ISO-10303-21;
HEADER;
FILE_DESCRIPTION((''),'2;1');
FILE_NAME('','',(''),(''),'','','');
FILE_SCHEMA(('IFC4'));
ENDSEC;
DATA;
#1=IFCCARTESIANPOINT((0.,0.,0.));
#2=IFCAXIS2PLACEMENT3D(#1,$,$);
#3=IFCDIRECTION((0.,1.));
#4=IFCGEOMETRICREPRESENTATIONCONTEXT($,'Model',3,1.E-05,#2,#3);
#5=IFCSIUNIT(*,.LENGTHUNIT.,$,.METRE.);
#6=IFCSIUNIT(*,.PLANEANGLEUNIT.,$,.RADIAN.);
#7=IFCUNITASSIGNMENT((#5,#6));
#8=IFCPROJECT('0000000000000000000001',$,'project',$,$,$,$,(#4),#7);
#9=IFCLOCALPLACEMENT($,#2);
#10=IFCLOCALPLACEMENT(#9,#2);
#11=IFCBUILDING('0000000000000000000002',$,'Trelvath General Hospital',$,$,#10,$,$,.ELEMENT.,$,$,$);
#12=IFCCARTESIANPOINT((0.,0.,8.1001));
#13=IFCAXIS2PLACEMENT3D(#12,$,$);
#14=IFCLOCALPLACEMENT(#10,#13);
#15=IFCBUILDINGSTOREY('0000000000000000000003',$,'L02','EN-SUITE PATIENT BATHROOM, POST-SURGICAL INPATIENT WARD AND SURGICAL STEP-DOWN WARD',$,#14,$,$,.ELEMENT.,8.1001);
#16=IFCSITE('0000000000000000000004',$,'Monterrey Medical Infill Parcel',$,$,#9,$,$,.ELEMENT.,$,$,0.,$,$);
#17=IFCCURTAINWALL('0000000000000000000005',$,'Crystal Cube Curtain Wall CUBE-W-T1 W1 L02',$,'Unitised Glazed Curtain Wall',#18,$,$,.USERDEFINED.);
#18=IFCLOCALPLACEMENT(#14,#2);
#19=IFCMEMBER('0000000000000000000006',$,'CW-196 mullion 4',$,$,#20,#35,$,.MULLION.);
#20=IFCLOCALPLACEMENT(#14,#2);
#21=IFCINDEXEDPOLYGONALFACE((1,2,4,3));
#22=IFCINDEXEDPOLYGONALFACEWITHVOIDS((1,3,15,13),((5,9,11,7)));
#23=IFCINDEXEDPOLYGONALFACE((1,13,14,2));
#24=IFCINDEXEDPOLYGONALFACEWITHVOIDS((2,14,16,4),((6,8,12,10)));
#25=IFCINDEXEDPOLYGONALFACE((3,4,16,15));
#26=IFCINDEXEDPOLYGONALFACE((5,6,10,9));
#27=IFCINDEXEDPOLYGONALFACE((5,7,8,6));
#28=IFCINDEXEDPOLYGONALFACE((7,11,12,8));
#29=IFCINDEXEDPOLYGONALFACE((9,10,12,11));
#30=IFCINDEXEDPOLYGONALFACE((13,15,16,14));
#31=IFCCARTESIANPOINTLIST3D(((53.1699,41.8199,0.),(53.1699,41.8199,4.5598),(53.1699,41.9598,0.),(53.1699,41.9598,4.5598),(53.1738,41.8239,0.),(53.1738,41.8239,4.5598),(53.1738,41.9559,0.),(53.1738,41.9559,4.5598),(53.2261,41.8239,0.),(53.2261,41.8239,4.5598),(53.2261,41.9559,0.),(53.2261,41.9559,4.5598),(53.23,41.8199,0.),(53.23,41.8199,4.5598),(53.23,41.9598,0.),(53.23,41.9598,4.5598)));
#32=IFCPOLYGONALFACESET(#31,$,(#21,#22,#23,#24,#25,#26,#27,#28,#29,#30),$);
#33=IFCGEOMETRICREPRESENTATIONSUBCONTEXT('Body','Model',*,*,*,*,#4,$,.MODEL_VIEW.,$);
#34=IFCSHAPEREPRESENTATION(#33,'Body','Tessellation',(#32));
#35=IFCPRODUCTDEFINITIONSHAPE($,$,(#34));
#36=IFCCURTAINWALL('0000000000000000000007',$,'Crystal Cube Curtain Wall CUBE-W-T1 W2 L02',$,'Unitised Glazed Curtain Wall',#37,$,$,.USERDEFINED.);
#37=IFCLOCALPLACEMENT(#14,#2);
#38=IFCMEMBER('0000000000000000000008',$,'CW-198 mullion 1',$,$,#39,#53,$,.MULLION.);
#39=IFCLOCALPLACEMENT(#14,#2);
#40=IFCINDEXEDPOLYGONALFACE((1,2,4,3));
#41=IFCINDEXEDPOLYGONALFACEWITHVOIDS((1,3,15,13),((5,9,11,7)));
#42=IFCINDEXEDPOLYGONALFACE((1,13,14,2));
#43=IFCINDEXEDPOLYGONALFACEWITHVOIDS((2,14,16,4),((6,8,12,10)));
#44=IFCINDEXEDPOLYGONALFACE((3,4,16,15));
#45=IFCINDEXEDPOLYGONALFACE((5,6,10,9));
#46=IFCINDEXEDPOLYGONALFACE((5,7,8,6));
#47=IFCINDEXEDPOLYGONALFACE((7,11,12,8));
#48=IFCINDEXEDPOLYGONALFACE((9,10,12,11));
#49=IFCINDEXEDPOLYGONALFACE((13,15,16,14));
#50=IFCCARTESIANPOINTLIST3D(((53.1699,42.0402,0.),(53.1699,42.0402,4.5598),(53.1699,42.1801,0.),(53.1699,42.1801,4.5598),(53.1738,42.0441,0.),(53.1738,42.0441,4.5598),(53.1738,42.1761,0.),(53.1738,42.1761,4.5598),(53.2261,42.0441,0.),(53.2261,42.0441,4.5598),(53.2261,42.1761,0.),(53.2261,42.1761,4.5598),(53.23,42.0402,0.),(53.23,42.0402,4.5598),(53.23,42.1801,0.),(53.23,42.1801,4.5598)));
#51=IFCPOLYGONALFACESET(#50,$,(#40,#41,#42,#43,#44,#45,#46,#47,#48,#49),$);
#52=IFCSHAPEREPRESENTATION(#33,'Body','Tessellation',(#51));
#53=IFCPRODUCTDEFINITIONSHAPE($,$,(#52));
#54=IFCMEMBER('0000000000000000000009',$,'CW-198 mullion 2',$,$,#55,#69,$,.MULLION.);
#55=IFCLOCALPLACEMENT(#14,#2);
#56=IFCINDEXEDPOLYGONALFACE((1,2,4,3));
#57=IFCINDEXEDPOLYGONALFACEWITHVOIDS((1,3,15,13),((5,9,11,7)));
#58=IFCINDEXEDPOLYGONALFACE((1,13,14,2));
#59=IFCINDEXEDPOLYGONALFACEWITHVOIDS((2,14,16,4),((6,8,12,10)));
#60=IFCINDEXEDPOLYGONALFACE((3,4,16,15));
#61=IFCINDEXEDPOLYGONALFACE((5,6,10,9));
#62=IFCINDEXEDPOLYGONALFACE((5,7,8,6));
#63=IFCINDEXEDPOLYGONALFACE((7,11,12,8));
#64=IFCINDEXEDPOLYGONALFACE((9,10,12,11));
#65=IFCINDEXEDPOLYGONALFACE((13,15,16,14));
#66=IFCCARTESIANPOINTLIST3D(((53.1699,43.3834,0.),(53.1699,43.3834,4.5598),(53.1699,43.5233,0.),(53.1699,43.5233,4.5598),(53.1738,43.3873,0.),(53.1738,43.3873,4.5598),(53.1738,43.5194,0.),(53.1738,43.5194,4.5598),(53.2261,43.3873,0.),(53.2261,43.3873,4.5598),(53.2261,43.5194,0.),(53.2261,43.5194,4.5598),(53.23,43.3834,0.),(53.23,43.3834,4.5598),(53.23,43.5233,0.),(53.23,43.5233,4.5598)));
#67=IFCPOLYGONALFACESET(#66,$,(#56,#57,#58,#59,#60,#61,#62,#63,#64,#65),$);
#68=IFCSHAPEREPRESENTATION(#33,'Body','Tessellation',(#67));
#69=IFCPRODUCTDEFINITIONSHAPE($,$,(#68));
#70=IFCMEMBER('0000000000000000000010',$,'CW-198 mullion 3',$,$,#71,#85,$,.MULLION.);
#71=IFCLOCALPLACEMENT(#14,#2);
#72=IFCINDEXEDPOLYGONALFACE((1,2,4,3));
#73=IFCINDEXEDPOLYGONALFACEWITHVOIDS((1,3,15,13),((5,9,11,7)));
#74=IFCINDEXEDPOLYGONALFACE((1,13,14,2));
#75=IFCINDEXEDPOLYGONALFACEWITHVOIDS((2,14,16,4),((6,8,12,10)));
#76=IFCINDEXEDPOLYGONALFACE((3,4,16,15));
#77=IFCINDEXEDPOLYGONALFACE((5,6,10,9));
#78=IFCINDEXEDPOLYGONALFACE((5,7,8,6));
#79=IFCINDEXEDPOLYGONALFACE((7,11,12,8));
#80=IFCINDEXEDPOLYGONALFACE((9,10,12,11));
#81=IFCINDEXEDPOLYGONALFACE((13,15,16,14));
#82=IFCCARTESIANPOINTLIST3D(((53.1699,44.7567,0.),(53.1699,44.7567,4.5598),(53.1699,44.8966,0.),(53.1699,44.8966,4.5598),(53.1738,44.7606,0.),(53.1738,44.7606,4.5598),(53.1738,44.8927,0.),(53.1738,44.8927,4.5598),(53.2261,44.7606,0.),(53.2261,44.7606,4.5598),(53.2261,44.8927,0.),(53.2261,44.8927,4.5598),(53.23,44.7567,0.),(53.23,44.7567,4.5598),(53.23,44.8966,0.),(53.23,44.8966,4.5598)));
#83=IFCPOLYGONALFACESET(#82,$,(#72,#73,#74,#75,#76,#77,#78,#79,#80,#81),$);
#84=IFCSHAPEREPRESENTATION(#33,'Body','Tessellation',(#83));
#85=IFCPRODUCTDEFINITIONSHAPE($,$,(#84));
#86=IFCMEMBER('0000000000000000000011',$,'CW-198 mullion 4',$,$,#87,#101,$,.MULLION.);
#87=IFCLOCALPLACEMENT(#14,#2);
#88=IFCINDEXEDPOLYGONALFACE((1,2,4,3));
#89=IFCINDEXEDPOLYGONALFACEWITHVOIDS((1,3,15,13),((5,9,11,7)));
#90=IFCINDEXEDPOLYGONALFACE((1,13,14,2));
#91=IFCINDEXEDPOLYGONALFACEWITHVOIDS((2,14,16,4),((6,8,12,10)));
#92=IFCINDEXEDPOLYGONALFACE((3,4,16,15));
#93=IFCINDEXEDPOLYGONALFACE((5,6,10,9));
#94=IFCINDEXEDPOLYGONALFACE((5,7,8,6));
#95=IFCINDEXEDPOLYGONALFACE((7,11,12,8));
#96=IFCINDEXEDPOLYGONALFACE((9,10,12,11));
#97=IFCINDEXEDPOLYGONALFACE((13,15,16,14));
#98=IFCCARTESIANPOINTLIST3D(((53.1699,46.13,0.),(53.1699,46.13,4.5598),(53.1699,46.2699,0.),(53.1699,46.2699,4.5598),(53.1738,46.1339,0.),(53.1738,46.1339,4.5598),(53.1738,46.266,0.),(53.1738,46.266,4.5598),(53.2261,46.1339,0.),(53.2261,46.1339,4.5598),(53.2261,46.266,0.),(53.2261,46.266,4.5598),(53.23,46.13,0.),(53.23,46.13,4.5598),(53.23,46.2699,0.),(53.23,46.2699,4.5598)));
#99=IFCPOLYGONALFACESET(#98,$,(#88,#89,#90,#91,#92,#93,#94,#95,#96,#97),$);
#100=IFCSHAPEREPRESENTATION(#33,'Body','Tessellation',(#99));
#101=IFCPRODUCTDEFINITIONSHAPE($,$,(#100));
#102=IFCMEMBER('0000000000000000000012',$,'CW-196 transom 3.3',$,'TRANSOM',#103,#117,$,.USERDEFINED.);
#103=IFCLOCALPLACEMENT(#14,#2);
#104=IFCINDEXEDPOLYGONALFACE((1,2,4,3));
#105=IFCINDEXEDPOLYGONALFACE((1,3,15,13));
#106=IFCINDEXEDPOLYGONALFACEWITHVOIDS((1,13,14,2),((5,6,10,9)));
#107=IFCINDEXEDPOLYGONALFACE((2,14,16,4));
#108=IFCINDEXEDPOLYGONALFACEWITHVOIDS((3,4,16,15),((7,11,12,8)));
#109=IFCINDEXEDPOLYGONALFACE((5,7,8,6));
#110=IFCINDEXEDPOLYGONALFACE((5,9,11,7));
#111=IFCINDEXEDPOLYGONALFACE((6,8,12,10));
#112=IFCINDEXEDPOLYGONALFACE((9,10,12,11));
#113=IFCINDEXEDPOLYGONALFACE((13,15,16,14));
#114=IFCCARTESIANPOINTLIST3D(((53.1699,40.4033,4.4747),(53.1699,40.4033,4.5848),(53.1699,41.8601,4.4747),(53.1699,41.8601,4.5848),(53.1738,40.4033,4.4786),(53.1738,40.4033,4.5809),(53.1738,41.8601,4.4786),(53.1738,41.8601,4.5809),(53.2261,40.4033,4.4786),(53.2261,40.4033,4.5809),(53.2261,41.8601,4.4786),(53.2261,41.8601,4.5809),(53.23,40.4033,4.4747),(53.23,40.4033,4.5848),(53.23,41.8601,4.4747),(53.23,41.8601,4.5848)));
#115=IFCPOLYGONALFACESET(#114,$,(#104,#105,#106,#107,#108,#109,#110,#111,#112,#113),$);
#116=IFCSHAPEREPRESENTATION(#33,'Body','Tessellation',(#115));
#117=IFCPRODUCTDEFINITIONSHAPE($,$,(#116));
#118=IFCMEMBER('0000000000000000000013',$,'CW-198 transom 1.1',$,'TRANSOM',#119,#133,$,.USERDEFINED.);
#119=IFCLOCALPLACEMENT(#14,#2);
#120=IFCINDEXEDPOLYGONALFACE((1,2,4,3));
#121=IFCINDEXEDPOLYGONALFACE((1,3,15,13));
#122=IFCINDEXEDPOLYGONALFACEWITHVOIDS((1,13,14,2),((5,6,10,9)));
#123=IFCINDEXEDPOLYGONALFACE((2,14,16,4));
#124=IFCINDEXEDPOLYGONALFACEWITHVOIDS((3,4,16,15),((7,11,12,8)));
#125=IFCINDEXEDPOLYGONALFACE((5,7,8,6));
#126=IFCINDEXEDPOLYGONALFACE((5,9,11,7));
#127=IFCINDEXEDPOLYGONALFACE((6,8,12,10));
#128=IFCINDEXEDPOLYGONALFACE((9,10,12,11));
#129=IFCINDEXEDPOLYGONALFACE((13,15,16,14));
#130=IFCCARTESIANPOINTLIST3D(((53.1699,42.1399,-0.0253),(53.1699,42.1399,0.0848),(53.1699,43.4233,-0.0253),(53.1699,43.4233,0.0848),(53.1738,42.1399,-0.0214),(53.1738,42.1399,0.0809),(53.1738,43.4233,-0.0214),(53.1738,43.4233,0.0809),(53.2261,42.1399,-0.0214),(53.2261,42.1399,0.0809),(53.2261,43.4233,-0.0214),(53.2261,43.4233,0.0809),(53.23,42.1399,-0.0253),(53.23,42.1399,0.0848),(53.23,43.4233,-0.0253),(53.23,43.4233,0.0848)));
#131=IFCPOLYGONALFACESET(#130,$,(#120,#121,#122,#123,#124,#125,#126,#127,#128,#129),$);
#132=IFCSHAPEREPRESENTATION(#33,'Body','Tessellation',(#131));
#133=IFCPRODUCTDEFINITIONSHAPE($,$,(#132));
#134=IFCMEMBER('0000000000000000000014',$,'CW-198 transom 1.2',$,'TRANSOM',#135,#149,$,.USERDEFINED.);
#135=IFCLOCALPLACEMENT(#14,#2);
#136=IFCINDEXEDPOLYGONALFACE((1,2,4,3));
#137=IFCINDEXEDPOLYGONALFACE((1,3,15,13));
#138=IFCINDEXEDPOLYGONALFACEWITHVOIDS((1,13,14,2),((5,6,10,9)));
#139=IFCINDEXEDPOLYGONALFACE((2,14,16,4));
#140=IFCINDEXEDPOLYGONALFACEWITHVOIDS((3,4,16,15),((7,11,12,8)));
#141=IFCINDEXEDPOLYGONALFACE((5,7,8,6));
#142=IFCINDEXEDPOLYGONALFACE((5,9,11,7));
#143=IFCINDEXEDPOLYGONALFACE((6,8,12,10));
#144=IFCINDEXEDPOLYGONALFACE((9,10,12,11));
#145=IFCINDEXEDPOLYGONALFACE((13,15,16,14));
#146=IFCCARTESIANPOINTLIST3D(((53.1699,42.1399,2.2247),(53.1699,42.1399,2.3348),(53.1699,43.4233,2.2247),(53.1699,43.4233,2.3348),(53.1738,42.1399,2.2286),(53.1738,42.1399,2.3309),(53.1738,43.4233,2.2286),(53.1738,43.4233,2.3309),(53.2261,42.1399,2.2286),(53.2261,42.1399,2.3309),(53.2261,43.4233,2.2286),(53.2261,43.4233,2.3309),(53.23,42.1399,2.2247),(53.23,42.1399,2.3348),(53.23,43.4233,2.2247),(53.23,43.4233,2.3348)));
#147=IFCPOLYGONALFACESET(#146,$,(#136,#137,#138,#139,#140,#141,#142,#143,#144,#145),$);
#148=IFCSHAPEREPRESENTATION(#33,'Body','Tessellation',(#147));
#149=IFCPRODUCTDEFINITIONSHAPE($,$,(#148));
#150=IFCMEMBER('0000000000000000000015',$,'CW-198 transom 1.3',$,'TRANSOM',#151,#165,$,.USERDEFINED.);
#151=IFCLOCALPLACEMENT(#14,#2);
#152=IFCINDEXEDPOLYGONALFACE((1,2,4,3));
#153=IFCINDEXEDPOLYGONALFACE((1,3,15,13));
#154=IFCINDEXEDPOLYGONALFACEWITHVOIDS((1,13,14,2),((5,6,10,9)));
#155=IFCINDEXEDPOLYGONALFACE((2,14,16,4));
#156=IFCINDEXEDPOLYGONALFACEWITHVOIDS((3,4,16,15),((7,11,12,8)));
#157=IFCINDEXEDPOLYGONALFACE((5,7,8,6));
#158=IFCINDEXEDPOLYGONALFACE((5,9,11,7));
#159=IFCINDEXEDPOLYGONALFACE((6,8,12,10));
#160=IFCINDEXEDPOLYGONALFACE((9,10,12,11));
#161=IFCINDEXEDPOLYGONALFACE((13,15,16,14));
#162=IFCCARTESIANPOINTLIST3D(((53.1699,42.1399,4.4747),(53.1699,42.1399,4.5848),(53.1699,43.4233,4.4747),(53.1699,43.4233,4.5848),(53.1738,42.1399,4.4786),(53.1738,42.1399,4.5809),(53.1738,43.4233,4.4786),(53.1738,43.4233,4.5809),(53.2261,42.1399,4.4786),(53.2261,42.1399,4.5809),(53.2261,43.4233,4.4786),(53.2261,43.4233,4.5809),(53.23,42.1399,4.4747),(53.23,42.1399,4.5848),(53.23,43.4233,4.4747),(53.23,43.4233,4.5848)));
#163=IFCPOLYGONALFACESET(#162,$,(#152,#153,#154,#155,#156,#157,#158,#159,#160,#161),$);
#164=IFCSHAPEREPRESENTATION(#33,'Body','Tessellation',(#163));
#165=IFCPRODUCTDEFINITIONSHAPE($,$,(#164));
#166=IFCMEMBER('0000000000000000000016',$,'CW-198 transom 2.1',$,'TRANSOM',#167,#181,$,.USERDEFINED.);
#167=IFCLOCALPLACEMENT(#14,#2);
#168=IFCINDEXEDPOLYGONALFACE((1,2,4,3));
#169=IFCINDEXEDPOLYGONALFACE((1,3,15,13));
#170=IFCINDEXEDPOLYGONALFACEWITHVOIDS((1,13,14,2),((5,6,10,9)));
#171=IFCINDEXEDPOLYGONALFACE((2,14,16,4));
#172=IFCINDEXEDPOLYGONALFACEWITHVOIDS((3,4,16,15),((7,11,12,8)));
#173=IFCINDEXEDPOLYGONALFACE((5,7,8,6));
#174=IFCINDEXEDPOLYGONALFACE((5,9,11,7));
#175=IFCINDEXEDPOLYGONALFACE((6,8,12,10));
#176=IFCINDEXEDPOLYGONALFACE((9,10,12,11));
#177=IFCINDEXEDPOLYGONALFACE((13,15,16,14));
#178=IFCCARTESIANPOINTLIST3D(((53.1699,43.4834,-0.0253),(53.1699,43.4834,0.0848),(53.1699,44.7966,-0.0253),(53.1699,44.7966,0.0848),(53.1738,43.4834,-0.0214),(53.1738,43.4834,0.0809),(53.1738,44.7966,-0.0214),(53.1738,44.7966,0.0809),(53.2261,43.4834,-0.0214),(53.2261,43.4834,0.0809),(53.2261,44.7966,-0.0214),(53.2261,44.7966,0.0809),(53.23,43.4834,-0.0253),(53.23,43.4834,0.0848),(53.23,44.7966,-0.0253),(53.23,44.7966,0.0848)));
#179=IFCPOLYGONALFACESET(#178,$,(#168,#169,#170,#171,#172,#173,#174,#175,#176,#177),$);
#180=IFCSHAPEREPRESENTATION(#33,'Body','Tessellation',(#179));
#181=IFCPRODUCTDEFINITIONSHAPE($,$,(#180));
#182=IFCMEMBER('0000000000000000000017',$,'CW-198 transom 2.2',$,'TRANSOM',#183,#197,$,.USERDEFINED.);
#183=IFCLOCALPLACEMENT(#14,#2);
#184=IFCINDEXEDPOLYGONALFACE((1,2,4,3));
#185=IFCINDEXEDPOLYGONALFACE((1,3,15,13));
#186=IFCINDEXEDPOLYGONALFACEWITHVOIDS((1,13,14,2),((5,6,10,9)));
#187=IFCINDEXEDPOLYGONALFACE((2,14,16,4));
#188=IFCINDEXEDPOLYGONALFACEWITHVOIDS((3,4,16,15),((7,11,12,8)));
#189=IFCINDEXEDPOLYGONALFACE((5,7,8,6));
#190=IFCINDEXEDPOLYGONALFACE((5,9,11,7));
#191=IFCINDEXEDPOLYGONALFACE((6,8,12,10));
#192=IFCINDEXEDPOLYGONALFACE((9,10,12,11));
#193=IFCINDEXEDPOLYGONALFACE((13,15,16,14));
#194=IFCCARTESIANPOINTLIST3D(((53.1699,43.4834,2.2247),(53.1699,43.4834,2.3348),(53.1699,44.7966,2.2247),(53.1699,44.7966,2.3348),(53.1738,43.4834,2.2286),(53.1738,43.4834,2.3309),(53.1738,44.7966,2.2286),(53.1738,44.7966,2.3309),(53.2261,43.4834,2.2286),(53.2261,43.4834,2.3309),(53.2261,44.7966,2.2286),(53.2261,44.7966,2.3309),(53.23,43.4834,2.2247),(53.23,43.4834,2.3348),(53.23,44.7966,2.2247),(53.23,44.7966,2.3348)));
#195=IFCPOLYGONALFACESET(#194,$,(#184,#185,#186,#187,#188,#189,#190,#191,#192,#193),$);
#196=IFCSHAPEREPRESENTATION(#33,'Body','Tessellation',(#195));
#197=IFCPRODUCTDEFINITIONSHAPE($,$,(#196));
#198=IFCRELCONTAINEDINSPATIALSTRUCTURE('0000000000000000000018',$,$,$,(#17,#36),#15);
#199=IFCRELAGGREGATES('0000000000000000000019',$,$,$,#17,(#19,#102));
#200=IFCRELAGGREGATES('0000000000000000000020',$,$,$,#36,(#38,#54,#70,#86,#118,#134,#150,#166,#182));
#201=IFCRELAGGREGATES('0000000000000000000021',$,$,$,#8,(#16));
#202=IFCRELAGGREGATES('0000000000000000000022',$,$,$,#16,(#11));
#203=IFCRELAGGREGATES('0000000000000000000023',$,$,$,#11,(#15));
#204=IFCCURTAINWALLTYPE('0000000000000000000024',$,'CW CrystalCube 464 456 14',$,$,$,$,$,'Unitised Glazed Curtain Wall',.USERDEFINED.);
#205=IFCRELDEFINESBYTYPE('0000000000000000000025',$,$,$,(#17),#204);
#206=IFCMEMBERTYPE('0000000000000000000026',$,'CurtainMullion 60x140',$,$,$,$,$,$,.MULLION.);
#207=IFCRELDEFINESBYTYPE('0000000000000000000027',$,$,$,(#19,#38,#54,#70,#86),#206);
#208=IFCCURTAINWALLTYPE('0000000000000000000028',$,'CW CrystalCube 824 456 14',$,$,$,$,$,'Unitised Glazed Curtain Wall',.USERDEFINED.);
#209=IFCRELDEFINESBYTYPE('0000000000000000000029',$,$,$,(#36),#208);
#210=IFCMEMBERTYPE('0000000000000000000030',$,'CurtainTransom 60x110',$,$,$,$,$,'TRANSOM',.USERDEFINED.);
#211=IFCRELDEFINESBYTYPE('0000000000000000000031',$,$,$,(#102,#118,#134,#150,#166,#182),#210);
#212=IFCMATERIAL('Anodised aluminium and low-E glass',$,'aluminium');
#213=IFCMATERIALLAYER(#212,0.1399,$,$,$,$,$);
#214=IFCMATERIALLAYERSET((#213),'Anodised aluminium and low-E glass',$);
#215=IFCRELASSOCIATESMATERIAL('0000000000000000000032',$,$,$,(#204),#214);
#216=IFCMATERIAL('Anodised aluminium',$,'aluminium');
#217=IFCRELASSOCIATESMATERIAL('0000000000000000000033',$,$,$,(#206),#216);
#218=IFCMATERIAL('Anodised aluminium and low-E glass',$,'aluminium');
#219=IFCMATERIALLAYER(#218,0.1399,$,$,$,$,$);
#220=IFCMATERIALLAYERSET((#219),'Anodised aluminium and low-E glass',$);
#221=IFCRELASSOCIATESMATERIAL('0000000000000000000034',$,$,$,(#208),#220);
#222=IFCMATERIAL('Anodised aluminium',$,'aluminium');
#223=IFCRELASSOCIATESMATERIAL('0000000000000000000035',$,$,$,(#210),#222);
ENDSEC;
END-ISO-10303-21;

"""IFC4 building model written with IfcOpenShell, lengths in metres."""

from ifc_helpers import new_model, si_unit, direction, frame, origin, origin_2d, place, context, subcontext, project, spatial, hollow_rectangle, extrude, material, layer, layer_set, material_profile, profile_set, type_object, element, aggregate, save


model = new_model("IFC4")

# Units and contexts
model_context = context("Model", 3, precision=1e-05, world=origin(), true_north=direction((0.0, 1.0)))
body_context = subcontext(model_context, "Body", "Model", "MODEL_VIEW")
ifc_project = project(units=[si_unit("LENGTHUNIT", "METRE"), si_unit("PLANEANGLEUNIT", "RADIAN")], contexts=[model_context])

# Site, building, storey
site_placement = place(None, origin())
site = spatial("IfcSite", under=ifc_project, at=site_placement, Name="Monterrey Medical Infill Parcel", CompositionType="ELEMENT", RefElevation=0.0)
building_placement = place(site_placement, origin())
building = spatial("IfcBuilding", under=site, at=building_placement, Name="Trelvath General Hospital", CompositionType="ELEMENT")
storey_placement = place(building_placement, frame((0.0, 0.0, 8.1001)))
storey = spatial("IfcBuildingStorey", under=building, at=storey_placement, Name="L02", Description="EN-SUITE PATIENT BATHROOM, POST-SURGICAL INPATIENT WARD AND SURGICAL STEP-DOWN WARD", CompositionType="ELEMENT", Elevation=8.1001)

# Curtain wall, member
ifc_material_1 = material(Name="Anodised aluminium and low-E glass", Category="aluminium")
ifc_layer_1 = layer(ifc_material_1, 0.1399)
ifc_layer_set_1 = layer_set([ifc_layer_1], Name="Anodised aluminium and low-E glass")
curtain_wall_type_1 = type_object("IfcCurtainWallType", Name="CW CrystalCube 464 456 14", ElementType="Unitised Glazed Curtain Wall", PredefinedType="USERDEFINED", material=ifc_layer_set_1)
curtain_wall_1_placement = place(storey_placement, origin())
curtain_wall_1 = element("IfcCurtainWall", 1, at=curtain_wall_1_placement, inside=storey, type_object=curtain_wall_type_1, Name="Crystal Cube Curtain Wall CUBE-W-T1 W1 L02", ObjectType="Unitised Glazed Curtain Wall", PredefinedType="USERDEFINED")
ifc_material_2 = material(Name="Anodised aluminium", Category="aluminium")
ifc_material_profile_1 = material_profile(ifc_material_2, hollow_rectangle(XDim=0.0601, YDim=0.1399, WallThickness=0.0039, at=origin_2d()), Name="RHS60x140x4")
ifc_profile_set_1 = profile_set([ifc_material_profile_1], Name="Anodised aluminium")
member_type_1 = type_object("IfcMemberType", Name="CurtainMullion 60x140", PredefinedType="MULLION", material=ifc_profile_set_1)
member_1_placement = place(storey_placement, frame((53.2, 41.8899, 0.0), z_axis=(0.0, 0.0, 1.0), x_axis=(-1.0, 0.0, 0.0)))
member_1 = element("IfcMember", 2, at=member_1_placement, type_object=member_type_1, Name="CW-196 mullion 4", PredefinedType="MULLION", context=body_context, shape_type="SweptSolid", body=[
    extrude(hollow_rectangle(XDim=0.0601, YDim=0.1399, WallThickness=0.0039, at=origin_2d()), origin(), (0.0, 0.0, 1.0), 4.5598),
])

# Curtain wall, members
ifc_material_3 = material(Name="Anodised aluminium and low-E glass", Category="aluminium")
ifc_layer_2 = layer(ifc_material_3, 0.1399)
ifc_layer_set_2 = layer_set([ifc_layer_2], Name="Anodised aluminium and low-E glass")
curtain_wall_type_2 = type_object("IfcCurtainWallType", Name="CW CrystalCube 824 456 14", ElementType="Unitised Glazed Curtain Wall", PredefinedType="USERDEFINED", material=ifc_layer_set_2)
curtain_wall_2_placement = place(storey_placement, origin())
curtain_wall_2 = element("IfcCurtainWall", 3, at=curtain_wall_2_placement, inside=storey, type_object=curtain_wall_type_2, Name="Crystal Cube Curtain Wall CUBE-W-T1 W2 L02", ObjectType="Unitised Glazed Curtain Wall", PredefinedType="USERDEFINED")
member_2_placement = place(storey_placement, frame((53.2, 42.1101, 0.0), z_axis=(0.0, 0.0, 1.0), x_axis=(-1.0, 0.0, 0.0)))
member_2 = element("IfcMember", 4, at=member_2_placement, type_object=member_type_1, Name="CW-198 mullion 1", PredefinedType="MULLION", context=body_context, shape_type="SweptSolid", body=[
    extrude(hollow_rectangle(XDim=0.0601, YDim=0.1399, WallThickness=0.0039, at=origin_2d()), origin(), (0.0, 0.0, 1.0), 4.5598),
])
member_3_placement = place(storey_placement, frame((53.2, 43.4534, 0.0), z_axis=(0.0, 0.0, 1.0), x_axis=(-1.0, 0.0, 0.0)))
member_3 = element("IfcMember", 5, at=member_3_placement, type_object=member_type_1, Name="CW-198 mullion 2", PredefinedType="MULLION", context=body_context, shape_type="SweptSolid", body=[
    extrude(hollow_rectangle(XDim=0.0601, YDim=0.1399, WallThickness=0.0039, at=origin_2d()), origin(), (0.0, 0.0, 1.0), 4.5598),
])
member_4_placement = place(storey_placement, frame((53.2, 44.8267, 0.0), z_axis=(0.0, 0.0, 1.0), x_axis=(-1.0, 0.0, 0.0)))
member_4 = element("IfcMember", 6, at=member_4_placement, type_object=member_type_1, Name="CW-198 mullion 3", PredefinedType="MULLION", context=body_context, shape_type="SweptSolid", body=[
    extrude(hollow_rectangle(XDim=0.0601, YDim=0.1399, WallThickness=0.0039, at=origin_2d()), origin(), (0.0, 0.0, 1.0), 4.5598),
])
member_5_placement = place(storey_placement, frame((53.2, 46.2, 0.0), z_axis=(0.0, 0.0, 1.0), x_axis=(-1.0, 0.0, 0.0)))
member_5 = element("IfcMember", 7, at=member_5_placement, type_object=member_type_1, Name="CW-198 mullion 4", PredefinedType="MULLION", context=body_context, shape_type="SweptSolid", body=[
    extrude(hollow_rectangle(XDim=0.0601, YDim=0.1399, WallThickness=0.0039, at=origin_2d()), origin(), (0.0, 0.0, 1.0), 4.5598),
])

# Members
ifc_material_4 = material(Name="Anodised aluminium", Category="aluminium")
ifc_material_profile_2 = material_profile(ifc_material_4, hollow_rectangle(XDim=0.0601, YDim=0.1101, WallThickness=0.0039, at=origin_2d()), Name="RHS60x110x4")
ifc_profile_set_2 = profile_set([ifc_material_profile_2], Name="Anodised aluminium")
member_type_2 = type_object("IfcMemberType", Name="CurtainTransom 60x110", ElementType="TRANSOM", PredefinedType="USERDEFINED", material=ifc_profile_set_2)
member_6_placement = place(storey_placement, frame((53.2, 40.4033, 4.5298), z_axis=(0.0, 1.0, 0.0), x_axis=(-1.0, 0.0, 0.0)))
member_6 = element("IfcMember", 8, at=member_6_placement, type_object=member_type_2, Name="CW-196 transom 3.3", ObjectType="TRANSOM", PredefinedType="USERDEFINED", context=body_context, shape_type="SweptSolid", body=[
    extrude(hollow_rectangle(XDim=0.0601, YDim=0.1101, WallThickness=0.0039, at=origin_2d()), origin(), (0.0, 0.0, 1.0), 1.4568),
])
member_7_placement = place(storey_placement, frame((53.2, 42.1399, 0.0298), z_axis=(0.0, 1.0, 0.0), x_axis=(-1.0, 0.0, 0.0)))
member_7 = element("IfcMember", 9, at=member_7_placement, type_object=member_type_2, Name="CW-198 transom 1.1", ObjectType="TRANSOM", PredefinedType="USERDEFINED", context=body_context, shape_type="SweptSolid", body=[
    extrude(hollow_rectangle(XDim=0.0601, YDim=0.1101, WallThickness=0.0039, at=origin_2d()), origin(), (0.0, 0.0, 1.0), 1.2834),
])
member_8_placement = place(storey_placement, frame((53.2, 42.1399, 2.2798), z_axis=(0.0, 1.0, 0.0), x_axis=(-1.0, 0.0, 0.0)))
member_8 = element("IfcMember", 10, at=member_8_placement, type_object=member_type_2, Name="CW-198 transom 1.2", ObjectType="TRANSOM", PredefinedType="USERDEFINED", context=body_context, shape_type="SweptSolid", body=[
    extrude(hollow_rectangle(XDim=0.0601, YDim=0.1101, WallThickness=0.0039, at=origin_2d()), origin(), (0.0, 0.0, 1.0), 1.2834),
])
member_9_placement = place(storey_placement, frame((53.2, 42.1399, 4.5298), z_axis=(0.0, 1.0, 0.0), x_axis=(-1.0, 0.0, 0.0)))
member_9 = element("IfcMember", 11, at=member_9_placement, type_object=member_type_2, Name="CW-198 transom 1.3", ObjectType="TRANSOM", PredefinedType="USERDEFINED", context=body_context, shape_type="SweptSolid", body=[
    extrude(hollow_rectangle(XDim=0.0601, YDim=0.1101, WallThickness=0.0039, at=origin_2d()), origin(), (0.0, 0.0, 1.0), 1.2834),
])
member_10_placement = place(storey_placement, frame((53.2, 43.4834, 0.0298), z_axis=(0.0, 1.0, 0.0), x_axis=(-1.0, 0.0, 0.0)))
member_10 = element("IfcMember", 12, at=member_10_placement, type_object=member_type_2, Name="CW-198 transom 2.1", ObjectType="TRANSOM", PredefinedType="USERDEFINED", context=body_context, shape_type="SweptSolid", body=[
    extrude(hollow_rectangle(XDim=0.0601, YDim=0.1101, WallThickness=0.0039, at=origin_2d()), origin(), (0.0, 0.0, 1.0), 1.3132),
])
member_11_placement = place(storey_placement, frame((53.2, 43.4834, 2.2798), z_axis=(0.0, 1.0, 0.0), x_axis=(-1.0, 0.0, 0.0)))
member_11 = element("IfcMember", 13, at=member_11_placement, type_object=member_type_2, Name="CW-198 transom 2.2", ObjectType="TRANSOM", PredefinedType="USERDEFINED", context=body_context, shape_type="SweptSolid", body=[
    extrude(hollow_rectangle(XDim=0.0601, YDim=0.1101, WallThickness=0.0039, at=origin_2d()), origin(), (0.0, 0.0, 1.0), 1.3132),
])

aggregate(curtain_wall_1, [member_1, member_6])
aggregate(curtain_wall_2, [member_2, member_3, member_4, member_5, member_7, member_8, member_9, member_10, member_11])

save(model, "model.ifc")
